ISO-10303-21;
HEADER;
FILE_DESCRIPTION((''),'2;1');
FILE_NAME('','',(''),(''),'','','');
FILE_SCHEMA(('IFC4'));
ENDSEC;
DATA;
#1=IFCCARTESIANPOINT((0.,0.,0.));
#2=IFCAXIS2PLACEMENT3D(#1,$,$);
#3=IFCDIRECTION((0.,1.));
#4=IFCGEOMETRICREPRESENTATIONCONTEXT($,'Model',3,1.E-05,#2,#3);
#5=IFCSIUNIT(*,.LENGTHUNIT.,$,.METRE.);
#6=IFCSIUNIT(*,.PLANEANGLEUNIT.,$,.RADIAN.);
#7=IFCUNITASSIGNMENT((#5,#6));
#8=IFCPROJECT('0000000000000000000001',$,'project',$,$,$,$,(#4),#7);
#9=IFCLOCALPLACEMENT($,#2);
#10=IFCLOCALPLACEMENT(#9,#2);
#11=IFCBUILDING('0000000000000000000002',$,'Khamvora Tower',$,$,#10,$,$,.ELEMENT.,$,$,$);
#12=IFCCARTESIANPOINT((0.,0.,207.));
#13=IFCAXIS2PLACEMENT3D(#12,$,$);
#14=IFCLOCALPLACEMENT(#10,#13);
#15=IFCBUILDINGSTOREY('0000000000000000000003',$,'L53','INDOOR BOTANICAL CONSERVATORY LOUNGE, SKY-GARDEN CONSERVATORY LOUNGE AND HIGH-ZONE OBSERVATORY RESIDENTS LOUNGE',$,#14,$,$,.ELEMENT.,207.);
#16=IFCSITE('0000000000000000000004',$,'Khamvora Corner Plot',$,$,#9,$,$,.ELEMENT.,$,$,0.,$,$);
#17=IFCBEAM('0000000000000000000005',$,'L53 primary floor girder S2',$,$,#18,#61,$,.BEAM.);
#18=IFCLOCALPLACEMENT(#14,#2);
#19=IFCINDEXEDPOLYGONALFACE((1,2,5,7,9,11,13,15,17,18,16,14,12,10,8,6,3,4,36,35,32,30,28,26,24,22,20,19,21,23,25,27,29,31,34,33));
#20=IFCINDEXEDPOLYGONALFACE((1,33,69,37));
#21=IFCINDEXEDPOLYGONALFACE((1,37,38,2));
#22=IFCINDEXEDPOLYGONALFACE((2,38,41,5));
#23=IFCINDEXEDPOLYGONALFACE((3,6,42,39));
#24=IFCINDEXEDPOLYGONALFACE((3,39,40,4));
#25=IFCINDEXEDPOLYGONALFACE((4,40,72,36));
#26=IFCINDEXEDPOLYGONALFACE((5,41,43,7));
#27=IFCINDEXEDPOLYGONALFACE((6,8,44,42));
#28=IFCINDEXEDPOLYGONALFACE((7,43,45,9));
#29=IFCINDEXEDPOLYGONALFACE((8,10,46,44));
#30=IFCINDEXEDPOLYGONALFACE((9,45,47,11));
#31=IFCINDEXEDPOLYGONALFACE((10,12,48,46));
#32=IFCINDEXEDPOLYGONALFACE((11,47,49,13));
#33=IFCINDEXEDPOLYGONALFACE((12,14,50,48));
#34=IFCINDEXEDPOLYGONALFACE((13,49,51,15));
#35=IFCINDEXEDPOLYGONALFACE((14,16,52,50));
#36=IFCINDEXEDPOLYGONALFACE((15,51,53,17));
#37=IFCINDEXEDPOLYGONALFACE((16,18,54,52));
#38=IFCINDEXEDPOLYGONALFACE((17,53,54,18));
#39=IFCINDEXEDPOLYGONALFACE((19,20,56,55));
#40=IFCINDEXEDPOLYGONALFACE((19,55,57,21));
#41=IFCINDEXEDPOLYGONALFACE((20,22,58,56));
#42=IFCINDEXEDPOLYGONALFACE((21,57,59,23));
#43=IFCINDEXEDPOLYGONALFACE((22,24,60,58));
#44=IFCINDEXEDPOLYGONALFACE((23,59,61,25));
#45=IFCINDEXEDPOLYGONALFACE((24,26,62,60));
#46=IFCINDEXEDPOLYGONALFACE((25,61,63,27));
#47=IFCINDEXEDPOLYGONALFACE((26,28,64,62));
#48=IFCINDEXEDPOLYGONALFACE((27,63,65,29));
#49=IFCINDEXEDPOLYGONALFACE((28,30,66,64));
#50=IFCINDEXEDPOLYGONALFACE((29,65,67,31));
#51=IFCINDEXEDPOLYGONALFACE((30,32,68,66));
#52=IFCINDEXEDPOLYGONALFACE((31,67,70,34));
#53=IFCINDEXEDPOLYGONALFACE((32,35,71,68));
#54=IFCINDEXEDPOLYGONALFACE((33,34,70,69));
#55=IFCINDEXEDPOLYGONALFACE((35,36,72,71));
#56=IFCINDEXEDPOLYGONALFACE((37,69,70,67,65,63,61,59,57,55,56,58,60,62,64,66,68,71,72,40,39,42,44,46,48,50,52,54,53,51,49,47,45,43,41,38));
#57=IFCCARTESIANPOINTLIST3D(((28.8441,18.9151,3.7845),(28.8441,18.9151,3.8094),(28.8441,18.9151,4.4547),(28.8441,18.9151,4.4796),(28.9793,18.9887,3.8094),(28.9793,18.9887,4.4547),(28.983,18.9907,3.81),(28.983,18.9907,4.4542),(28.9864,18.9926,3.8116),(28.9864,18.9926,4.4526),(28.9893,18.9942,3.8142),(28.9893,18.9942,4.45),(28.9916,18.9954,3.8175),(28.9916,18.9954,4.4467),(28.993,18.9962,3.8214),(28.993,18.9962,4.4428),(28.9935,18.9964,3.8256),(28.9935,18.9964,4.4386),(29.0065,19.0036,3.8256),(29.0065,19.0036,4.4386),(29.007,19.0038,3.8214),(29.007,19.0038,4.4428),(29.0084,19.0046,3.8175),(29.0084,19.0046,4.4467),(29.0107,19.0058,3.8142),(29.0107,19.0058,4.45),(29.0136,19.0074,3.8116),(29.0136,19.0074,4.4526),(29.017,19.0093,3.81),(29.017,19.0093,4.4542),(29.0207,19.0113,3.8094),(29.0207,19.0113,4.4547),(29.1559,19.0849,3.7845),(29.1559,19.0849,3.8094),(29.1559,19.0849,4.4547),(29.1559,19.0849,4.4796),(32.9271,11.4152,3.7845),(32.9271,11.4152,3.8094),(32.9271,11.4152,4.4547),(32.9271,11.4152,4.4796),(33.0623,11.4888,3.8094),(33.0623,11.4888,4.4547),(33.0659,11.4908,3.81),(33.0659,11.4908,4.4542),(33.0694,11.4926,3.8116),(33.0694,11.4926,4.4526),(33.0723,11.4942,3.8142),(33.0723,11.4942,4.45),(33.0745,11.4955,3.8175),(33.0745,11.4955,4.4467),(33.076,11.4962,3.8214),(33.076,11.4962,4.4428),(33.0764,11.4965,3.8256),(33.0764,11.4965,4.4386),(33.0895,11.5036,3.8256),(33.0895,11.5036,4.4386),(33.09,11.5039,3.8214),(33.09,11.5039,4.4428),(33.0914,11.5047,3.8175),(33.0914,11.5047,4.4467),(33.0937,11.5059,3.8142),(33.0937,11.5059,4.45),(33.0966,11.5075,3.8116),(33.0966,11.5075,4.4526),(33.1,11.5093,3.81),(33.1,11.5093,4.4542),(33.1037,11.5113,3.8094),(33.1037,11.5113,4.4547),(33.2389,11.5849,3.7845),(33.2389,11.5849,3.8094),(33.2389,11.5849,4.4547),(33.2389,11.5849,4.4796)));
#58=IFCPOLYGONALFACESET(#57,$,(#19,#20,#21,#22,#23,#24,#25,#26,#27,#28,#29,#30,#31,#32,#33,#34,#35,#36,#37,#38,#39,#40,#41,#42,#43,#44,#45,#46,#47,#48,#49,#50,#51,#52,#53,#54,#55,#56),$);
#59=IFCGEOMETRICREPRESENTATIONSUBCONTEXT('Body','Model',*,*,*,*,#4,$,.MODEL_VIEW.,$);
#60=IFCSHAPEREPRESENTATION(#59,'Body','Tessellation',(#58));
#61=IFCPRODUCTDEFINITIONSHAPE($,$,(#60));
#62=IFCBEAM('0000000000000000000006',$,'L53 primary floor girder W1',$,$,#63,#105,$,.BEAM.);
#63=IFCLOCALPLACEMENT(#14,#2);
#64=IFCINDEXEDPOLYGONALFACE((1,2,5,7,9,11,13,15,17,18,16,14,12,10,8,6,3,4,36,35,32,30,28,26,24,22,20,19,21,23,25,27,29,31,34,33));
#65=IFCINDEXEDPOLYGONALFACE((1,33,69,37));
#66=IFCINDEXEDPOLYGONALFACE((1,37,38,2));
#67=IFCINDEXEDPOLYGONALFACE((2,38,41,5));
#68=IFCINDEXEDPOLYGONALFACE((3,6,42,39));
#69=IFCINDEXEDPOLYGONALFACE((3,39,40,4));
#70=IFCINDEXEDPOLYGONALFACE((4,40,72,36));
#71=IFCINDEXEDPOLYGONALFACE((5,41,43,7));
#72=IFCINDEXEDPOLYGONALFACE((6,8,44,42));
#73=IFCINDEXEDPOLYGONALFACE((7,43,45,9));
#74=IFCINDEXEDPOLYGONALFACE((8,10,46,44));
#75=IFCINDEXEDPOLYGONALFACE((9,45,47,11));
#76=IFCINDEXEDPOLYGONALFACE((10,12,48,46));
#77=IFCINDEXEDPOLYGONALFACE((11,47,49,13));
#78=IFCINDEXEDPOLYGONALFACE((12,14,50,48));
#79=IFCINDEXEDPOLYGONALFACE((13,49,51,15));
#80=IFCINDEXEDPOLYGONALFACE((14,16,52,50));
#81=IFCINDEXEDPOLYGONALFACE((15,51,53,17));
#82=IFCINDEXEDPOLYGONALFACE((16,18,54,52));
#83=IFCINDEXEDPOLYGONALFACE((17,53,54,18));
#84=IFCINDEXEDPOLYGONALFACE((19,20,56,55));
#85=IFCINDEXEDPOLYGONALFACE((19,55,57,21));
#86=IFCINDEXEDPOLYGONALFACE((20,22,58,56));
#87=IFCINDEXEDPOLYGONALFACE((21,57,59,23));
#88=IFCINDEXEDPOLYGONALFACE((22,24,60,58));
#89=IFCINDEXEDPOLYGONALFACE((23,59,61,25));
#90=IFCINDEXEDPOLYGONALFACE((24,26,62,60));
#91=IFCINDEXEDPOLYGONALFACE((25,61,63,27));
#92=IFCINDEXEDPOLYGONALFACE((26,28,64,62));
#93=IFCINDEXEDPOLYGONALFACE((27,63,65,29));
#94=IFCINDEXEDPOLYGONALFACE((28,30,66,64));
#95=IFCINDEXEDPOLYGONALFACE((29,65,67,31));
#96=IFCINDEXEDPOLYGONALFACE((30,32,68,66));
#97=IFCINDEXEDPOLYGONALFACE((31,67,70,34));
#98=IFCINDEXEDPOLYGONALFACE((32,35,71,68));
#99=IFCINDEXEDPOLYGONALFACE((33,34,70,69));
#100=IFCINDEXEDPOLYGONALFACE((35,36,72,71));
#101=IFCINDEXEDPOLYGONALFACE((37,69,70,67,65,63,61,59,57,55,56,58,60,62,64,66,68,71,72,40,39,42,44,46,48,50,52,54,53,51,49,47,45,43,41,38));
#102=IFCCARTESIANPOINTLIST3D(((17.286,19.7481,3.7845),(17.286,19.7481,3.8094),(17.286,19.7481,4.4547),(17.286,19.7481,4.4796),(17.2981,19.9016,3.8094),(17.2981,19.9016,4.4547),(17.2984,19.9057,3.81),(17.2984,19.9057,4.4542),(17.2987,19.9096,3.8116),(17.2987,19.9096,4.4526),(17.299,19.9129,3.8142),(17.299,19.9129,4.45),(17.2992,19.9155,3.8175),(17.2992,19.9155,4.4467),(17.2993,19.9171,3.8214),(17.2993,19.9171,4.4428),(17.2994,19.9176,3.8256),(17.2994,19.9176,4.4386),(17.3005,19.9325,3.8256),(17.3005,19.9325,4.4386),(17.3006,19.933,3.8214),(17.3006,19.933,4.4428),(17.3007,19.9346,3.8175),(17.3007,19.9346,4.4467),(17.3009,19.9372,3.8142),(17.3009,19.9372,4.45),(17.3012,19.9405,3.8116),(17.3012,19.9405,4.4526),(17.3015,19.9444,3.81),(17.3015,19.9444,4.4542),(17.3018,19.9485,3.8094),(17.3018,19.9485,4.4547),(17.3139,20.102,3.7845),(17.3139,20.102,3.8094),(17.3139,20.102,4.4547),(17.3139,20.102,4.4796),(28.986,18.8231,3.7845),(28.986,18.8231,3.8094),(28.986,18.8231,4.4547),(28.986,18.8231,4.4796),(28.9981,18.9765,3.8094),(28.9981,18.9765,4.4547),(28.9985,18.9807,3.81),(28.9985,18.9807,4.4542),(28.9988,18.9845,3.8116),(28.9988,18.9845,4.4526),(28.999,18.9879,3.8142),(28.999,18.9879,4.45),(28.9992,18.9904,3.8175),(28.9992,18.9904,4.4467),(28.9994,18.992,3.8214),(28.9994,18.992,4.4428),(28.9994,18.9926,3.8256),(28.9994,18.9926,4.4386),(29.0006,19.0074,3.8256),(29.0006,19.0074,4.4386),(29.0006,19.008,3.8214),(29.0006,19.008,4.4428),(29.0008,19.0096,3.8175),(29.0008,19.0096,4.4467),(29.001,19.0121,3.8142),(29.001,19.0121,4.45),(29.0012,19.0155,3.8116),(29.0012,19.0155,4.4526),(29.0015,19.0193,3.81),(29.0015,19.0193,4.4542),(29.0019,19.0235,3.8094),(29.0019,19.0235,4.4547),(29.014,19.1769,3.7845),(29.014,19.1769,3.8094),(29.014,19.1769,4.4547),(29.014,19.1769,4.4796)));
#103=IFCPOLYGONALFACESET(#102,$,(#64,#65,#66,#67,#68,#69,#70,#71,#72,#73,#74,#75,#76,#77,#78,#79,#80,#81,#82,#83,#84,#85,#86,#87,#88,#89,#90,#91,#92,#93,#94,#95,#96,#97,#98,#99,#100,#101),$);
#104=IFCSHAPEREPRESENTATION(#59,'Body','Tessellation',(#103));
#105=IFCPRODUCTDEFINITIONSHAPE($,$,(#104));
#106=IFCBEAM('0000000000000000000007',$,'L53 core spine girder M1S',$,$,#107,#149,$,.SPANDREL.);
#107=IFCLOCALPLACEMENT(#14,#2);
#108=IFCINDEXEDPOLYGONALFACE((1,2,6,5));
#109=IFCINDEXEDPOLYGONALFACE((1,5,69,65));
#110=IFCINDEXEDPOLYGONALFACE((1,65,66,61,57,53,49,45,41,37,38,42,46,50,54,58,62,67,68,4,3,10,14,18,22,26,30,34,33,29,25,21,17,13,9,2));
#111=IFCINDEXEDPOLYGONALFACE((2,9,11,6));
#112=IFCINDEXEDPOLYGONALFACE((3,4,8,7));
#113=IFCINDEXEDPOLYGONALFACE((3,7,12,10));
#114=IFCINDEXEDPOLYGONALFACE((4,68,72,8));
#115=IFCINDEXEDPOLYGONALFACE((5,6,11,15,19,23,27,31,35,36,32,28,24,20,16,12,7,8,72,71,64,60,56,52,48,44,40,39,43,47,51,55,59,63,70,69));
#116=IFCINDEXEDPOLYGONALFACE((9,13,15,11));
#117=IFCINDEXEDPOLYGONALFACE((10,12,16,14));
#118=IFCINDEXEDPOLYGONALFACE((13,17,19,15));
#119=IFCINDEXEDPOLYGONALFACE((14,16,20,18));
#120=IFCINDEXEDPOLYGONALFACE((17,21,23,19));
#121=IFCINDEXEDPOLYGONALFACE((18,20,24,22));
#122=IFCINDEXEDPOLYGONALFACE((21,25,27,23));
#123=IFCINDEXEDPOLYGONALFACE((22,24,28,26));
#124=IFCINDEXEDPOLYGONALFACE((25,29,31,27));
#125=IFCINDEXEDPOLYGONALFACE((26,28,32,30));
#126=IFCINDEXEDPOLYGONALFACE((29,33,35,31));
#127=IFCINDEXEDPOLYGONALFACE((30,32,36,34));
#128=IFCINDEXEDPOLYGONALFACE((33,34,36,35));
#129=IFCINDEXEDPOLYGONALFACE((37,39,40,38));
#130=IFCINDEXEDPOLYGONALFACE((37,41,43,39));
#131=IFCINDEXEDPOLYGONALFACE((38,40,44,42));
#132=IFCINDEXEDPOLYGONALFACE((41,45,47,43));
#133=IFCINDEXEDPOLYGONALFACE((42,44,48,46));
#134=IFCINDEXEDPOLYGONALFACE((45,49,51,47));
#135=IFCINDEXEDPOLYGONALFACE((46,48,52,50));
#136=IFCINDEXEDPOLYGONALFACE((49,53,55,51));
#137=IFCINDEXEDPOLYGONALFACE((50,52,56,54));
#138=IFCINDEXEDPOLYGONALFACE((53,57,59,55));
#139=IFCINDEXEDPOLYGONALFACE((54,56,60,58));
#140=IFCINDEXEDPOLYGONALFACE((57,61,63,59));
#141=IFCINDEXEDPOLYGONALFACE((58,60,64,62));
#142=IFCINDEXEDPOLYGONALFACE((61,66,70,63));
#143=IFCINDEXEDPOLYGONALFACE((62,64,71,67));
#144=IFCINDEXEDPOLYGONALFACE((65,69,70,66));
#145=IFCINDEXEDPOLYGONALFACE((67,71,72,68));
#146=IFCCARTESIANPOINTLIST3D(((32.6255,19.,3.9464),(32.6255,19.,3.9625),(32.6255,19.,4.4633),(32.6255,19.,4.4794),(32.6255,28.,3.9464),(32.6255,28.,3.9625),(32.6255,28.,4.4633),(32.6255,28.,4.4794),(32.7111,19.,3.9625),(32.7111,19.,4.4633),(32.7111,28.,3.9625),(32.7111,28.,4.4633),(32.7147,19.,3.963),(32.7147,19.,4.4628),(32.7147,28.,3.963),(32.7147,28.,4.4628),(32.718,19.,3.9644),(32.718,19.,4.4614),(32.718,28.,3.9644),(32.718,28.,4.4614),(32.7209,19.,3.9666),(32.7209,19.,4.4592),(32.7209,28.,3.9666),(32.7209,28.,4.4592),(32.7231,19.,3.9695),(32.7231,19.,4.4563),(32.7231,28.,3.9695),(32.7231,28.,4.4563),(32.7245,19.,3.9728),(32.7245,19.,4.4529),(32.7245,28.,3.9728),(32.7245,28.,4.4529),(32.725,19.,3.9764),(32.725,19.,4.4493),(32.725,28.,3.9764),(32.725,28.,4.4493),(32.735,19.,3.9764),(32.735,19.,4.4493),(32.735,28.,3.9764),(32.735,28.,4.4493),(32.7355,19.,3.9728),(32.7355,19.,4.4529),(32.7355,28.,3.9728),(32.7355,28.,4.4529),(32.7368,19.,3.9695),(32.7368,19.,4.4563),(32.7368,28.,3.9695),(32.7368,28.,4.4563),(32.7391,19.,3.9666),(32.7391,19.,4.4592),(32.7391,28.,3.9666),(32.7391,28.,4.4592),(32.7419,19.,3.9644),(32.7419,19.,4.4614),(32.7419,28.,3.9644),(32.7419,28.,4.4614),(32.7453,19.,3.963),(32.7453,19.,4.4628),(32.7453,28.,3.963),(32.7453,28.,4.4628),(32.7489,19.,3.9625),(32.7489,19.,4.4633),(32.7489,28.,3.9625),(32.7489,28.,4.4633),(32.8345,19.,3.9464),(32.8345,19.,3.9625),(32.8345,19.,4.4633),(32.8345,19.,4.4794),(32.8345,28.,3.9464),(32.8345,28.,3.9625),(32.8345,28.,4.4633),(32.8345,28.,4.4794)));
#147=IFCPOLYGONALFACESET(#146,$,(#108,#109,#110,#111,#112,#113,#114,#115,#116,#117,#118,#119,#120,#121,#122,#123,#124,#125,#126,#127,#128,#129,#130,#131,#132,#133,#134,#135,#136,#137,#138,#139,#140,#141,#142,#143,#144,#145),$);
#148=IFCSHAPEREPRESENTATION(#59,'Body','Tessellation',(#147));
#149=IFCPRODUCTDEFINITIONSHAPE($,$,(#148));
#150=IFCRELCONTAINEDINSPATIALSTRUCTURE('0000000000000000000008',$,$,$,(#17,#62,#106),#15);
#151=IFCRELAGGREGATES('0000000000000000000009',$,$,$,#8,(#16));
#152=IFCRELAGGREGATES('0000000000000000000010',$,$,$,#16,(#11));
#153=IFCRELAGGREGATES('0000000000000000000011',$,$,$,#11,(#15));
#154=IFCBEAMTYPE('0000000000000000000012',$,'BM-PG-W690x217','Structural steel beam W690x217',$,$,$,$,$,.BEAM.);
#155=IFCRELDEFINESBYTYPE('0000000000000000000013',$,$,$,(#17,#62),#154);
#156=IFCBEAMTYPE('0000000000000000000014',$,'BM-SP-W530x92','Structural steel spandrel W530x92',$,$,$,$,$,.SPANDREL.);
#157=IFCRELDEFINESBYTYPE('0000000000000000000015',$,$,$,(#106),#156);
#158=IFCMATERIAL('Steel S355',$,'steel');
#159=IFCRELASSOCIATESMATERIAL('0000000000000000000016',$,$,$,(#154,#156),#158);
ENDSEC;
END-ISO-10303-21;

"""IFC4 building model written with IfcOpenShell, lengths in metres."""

from ifc_helpers import new_model, si_unit, direction, frame, origin, origin_2d, place, context, subcontext, project, spatial, i_section, extrude, material, material_profile, profile_set, type_object, element, save


model = new_model("IFC4")

# Units and contexts
model_context = context("Model", 3, precision=1e-05, world=origin(), true_north=direction((0.0, 1.0)))
body_context = subcontext(model_context, "Body", "Model", "MODEL_VIEW")
ifc_project = project(units=[si_unit("LENGTHUNIT", "METRE"), si_unit("PLANEANGLEUNIT", "RADIAN")], contexts=[model_context])

# Site, building, storey
site_placement = place(None, origin())
site = spatial("IfcSite", under=ifc_project, at=site_placement, Name="Khamvora Corner Plot", CompositionType="ELEMENT", RefElevation=0.0)
building_placement = place(site_placement, origin())
building = spatial("IfcBuilding", under=site, at=building_placement, Name="Khamvora Tower", CompositionType="ELEMENT")
storey_placement = place(building_placement, frame((0.0, 0.0, 207.0)))
storey = spatial("IfcBuildingStorey", under=building, at=storey_placement, Name="L53", Description="INDOOR BOTANICAL CONSERVATORY LOUNGE, SKY-GARDEN CONSERVATORY LOUNGE AND HIGH-ZONE OBSERVATORY RESIDENTS LOUNGE", CompositionType="ELEMENT", Elevation=207.0)

# Beams
ifc_material_1 = material(Name="Steel S355", Category="steel")
ifc_material_profile_1 = material_profile(ifc_material_1, i_section(OverallWidth=0.355, OverallDepth=0.6951, WebThickness=0.0149, FlangeThickness=0.0249, FilletRadius=0.0161, at=origin_2d()), Name="W690x217")
ifc_profile_set_1 = profile_set([ifc_material_profile_1], Name="Steel S355")
beam_type_1 = type_object("IfcBeamType", Name="BM-PG-W690x217", Description="Structural steel beam W690x217", PredefinedType="BEAM", material=ifc_profile_set_1)
beam_1_placement = place(storey_placement, frame((29.0, 19.0, 4.1321), z_axis=(0.478139, -0.878284, 0.0), x_axis=(0.878284, 0.478139, 0.0)))
element("IfcBeam", 1, at=beam_1_placement, inside=storey, type_object=beam_type_1, Name="L53 primary floor girder S2", PredefinedType="BEAM", context=body_context, shape_type="SweptSolid", body=[
    extrude(i_section(OverallWidth=0.355, OverallDepth=0.6951, WebThickness=0.0149, FlangeThickness=0.0249, FilletRadius=0.0161, at=origin_2d()), origin(), (0.0, 0.0, 1.0), 8.5393),
])
beam_2_placement = place(storey_placement, frame((29.0, 19.0, 4.1321), z_axis=(-0.996889, 0.078818, 0.0), x_axis=(-0.078818, -0.996889, 0.0)))
element("IfcBeam", 2, at=beam_2_placement, inside=storey, type_object=beam_type_1, Name="L53 primary floor girder W1", PredefinedType="BEAM", context=body_context, shape_type="SweptSolid", body=[
    extrude(i_section(OverallWidth=0.355, OverallDepth=0.6951, WebThickness=0.0149, FlangeThickness=0.0249, FilletRadius=0.0161, at=origin_2d()), origin(), (0.0, 0.0, 1.0), 11.7366),
])
ifc_material_profile_2 = material_profile(ifc_material_1, i_section(OverallWidth=0.209, OverallDepth=0.533, WebThickness=0.01, FlangeThickness=0.0161, FilletRadius=0.0139, at=origin_2d()), Name="W530x92")
ifc_profile_set_2 = profile_set([ifc_material_profile_2], Name="Steel S355")
beam_type_2 = type_object("IfcBeamType", Name="BM-SP-W530x92", Description="Structural steel spandrel W530x92", PredefinedType="SPANDREL", material=ifc_profile_set_2)
beam_3_placement = place(storey_placement, frame((32.73, 19.0, 4.2129), z_axis=(0.0, 1.0, 0.0), x_axis=(-1.0, 0.0, 0.0)))
element("IfcBeam", 3, at=beam_3_placement, inside=storey, type_object=beam_type_2, Name="L53 core spine girder M1S", PredefinedType="SPANDREL", context=body_context, shape_type="SweptSolid", body=[
    extrude(i_section(OverallWidth=0.209, OverallDepth=0.533, WebThickness=0.01, FlangeThickness=0.0161, FilletRadius=0.0139, at=origin_2d()), origin(), (0.0, 0.0, 1.0), 9.0),
])

save(model, "model.ifc")
